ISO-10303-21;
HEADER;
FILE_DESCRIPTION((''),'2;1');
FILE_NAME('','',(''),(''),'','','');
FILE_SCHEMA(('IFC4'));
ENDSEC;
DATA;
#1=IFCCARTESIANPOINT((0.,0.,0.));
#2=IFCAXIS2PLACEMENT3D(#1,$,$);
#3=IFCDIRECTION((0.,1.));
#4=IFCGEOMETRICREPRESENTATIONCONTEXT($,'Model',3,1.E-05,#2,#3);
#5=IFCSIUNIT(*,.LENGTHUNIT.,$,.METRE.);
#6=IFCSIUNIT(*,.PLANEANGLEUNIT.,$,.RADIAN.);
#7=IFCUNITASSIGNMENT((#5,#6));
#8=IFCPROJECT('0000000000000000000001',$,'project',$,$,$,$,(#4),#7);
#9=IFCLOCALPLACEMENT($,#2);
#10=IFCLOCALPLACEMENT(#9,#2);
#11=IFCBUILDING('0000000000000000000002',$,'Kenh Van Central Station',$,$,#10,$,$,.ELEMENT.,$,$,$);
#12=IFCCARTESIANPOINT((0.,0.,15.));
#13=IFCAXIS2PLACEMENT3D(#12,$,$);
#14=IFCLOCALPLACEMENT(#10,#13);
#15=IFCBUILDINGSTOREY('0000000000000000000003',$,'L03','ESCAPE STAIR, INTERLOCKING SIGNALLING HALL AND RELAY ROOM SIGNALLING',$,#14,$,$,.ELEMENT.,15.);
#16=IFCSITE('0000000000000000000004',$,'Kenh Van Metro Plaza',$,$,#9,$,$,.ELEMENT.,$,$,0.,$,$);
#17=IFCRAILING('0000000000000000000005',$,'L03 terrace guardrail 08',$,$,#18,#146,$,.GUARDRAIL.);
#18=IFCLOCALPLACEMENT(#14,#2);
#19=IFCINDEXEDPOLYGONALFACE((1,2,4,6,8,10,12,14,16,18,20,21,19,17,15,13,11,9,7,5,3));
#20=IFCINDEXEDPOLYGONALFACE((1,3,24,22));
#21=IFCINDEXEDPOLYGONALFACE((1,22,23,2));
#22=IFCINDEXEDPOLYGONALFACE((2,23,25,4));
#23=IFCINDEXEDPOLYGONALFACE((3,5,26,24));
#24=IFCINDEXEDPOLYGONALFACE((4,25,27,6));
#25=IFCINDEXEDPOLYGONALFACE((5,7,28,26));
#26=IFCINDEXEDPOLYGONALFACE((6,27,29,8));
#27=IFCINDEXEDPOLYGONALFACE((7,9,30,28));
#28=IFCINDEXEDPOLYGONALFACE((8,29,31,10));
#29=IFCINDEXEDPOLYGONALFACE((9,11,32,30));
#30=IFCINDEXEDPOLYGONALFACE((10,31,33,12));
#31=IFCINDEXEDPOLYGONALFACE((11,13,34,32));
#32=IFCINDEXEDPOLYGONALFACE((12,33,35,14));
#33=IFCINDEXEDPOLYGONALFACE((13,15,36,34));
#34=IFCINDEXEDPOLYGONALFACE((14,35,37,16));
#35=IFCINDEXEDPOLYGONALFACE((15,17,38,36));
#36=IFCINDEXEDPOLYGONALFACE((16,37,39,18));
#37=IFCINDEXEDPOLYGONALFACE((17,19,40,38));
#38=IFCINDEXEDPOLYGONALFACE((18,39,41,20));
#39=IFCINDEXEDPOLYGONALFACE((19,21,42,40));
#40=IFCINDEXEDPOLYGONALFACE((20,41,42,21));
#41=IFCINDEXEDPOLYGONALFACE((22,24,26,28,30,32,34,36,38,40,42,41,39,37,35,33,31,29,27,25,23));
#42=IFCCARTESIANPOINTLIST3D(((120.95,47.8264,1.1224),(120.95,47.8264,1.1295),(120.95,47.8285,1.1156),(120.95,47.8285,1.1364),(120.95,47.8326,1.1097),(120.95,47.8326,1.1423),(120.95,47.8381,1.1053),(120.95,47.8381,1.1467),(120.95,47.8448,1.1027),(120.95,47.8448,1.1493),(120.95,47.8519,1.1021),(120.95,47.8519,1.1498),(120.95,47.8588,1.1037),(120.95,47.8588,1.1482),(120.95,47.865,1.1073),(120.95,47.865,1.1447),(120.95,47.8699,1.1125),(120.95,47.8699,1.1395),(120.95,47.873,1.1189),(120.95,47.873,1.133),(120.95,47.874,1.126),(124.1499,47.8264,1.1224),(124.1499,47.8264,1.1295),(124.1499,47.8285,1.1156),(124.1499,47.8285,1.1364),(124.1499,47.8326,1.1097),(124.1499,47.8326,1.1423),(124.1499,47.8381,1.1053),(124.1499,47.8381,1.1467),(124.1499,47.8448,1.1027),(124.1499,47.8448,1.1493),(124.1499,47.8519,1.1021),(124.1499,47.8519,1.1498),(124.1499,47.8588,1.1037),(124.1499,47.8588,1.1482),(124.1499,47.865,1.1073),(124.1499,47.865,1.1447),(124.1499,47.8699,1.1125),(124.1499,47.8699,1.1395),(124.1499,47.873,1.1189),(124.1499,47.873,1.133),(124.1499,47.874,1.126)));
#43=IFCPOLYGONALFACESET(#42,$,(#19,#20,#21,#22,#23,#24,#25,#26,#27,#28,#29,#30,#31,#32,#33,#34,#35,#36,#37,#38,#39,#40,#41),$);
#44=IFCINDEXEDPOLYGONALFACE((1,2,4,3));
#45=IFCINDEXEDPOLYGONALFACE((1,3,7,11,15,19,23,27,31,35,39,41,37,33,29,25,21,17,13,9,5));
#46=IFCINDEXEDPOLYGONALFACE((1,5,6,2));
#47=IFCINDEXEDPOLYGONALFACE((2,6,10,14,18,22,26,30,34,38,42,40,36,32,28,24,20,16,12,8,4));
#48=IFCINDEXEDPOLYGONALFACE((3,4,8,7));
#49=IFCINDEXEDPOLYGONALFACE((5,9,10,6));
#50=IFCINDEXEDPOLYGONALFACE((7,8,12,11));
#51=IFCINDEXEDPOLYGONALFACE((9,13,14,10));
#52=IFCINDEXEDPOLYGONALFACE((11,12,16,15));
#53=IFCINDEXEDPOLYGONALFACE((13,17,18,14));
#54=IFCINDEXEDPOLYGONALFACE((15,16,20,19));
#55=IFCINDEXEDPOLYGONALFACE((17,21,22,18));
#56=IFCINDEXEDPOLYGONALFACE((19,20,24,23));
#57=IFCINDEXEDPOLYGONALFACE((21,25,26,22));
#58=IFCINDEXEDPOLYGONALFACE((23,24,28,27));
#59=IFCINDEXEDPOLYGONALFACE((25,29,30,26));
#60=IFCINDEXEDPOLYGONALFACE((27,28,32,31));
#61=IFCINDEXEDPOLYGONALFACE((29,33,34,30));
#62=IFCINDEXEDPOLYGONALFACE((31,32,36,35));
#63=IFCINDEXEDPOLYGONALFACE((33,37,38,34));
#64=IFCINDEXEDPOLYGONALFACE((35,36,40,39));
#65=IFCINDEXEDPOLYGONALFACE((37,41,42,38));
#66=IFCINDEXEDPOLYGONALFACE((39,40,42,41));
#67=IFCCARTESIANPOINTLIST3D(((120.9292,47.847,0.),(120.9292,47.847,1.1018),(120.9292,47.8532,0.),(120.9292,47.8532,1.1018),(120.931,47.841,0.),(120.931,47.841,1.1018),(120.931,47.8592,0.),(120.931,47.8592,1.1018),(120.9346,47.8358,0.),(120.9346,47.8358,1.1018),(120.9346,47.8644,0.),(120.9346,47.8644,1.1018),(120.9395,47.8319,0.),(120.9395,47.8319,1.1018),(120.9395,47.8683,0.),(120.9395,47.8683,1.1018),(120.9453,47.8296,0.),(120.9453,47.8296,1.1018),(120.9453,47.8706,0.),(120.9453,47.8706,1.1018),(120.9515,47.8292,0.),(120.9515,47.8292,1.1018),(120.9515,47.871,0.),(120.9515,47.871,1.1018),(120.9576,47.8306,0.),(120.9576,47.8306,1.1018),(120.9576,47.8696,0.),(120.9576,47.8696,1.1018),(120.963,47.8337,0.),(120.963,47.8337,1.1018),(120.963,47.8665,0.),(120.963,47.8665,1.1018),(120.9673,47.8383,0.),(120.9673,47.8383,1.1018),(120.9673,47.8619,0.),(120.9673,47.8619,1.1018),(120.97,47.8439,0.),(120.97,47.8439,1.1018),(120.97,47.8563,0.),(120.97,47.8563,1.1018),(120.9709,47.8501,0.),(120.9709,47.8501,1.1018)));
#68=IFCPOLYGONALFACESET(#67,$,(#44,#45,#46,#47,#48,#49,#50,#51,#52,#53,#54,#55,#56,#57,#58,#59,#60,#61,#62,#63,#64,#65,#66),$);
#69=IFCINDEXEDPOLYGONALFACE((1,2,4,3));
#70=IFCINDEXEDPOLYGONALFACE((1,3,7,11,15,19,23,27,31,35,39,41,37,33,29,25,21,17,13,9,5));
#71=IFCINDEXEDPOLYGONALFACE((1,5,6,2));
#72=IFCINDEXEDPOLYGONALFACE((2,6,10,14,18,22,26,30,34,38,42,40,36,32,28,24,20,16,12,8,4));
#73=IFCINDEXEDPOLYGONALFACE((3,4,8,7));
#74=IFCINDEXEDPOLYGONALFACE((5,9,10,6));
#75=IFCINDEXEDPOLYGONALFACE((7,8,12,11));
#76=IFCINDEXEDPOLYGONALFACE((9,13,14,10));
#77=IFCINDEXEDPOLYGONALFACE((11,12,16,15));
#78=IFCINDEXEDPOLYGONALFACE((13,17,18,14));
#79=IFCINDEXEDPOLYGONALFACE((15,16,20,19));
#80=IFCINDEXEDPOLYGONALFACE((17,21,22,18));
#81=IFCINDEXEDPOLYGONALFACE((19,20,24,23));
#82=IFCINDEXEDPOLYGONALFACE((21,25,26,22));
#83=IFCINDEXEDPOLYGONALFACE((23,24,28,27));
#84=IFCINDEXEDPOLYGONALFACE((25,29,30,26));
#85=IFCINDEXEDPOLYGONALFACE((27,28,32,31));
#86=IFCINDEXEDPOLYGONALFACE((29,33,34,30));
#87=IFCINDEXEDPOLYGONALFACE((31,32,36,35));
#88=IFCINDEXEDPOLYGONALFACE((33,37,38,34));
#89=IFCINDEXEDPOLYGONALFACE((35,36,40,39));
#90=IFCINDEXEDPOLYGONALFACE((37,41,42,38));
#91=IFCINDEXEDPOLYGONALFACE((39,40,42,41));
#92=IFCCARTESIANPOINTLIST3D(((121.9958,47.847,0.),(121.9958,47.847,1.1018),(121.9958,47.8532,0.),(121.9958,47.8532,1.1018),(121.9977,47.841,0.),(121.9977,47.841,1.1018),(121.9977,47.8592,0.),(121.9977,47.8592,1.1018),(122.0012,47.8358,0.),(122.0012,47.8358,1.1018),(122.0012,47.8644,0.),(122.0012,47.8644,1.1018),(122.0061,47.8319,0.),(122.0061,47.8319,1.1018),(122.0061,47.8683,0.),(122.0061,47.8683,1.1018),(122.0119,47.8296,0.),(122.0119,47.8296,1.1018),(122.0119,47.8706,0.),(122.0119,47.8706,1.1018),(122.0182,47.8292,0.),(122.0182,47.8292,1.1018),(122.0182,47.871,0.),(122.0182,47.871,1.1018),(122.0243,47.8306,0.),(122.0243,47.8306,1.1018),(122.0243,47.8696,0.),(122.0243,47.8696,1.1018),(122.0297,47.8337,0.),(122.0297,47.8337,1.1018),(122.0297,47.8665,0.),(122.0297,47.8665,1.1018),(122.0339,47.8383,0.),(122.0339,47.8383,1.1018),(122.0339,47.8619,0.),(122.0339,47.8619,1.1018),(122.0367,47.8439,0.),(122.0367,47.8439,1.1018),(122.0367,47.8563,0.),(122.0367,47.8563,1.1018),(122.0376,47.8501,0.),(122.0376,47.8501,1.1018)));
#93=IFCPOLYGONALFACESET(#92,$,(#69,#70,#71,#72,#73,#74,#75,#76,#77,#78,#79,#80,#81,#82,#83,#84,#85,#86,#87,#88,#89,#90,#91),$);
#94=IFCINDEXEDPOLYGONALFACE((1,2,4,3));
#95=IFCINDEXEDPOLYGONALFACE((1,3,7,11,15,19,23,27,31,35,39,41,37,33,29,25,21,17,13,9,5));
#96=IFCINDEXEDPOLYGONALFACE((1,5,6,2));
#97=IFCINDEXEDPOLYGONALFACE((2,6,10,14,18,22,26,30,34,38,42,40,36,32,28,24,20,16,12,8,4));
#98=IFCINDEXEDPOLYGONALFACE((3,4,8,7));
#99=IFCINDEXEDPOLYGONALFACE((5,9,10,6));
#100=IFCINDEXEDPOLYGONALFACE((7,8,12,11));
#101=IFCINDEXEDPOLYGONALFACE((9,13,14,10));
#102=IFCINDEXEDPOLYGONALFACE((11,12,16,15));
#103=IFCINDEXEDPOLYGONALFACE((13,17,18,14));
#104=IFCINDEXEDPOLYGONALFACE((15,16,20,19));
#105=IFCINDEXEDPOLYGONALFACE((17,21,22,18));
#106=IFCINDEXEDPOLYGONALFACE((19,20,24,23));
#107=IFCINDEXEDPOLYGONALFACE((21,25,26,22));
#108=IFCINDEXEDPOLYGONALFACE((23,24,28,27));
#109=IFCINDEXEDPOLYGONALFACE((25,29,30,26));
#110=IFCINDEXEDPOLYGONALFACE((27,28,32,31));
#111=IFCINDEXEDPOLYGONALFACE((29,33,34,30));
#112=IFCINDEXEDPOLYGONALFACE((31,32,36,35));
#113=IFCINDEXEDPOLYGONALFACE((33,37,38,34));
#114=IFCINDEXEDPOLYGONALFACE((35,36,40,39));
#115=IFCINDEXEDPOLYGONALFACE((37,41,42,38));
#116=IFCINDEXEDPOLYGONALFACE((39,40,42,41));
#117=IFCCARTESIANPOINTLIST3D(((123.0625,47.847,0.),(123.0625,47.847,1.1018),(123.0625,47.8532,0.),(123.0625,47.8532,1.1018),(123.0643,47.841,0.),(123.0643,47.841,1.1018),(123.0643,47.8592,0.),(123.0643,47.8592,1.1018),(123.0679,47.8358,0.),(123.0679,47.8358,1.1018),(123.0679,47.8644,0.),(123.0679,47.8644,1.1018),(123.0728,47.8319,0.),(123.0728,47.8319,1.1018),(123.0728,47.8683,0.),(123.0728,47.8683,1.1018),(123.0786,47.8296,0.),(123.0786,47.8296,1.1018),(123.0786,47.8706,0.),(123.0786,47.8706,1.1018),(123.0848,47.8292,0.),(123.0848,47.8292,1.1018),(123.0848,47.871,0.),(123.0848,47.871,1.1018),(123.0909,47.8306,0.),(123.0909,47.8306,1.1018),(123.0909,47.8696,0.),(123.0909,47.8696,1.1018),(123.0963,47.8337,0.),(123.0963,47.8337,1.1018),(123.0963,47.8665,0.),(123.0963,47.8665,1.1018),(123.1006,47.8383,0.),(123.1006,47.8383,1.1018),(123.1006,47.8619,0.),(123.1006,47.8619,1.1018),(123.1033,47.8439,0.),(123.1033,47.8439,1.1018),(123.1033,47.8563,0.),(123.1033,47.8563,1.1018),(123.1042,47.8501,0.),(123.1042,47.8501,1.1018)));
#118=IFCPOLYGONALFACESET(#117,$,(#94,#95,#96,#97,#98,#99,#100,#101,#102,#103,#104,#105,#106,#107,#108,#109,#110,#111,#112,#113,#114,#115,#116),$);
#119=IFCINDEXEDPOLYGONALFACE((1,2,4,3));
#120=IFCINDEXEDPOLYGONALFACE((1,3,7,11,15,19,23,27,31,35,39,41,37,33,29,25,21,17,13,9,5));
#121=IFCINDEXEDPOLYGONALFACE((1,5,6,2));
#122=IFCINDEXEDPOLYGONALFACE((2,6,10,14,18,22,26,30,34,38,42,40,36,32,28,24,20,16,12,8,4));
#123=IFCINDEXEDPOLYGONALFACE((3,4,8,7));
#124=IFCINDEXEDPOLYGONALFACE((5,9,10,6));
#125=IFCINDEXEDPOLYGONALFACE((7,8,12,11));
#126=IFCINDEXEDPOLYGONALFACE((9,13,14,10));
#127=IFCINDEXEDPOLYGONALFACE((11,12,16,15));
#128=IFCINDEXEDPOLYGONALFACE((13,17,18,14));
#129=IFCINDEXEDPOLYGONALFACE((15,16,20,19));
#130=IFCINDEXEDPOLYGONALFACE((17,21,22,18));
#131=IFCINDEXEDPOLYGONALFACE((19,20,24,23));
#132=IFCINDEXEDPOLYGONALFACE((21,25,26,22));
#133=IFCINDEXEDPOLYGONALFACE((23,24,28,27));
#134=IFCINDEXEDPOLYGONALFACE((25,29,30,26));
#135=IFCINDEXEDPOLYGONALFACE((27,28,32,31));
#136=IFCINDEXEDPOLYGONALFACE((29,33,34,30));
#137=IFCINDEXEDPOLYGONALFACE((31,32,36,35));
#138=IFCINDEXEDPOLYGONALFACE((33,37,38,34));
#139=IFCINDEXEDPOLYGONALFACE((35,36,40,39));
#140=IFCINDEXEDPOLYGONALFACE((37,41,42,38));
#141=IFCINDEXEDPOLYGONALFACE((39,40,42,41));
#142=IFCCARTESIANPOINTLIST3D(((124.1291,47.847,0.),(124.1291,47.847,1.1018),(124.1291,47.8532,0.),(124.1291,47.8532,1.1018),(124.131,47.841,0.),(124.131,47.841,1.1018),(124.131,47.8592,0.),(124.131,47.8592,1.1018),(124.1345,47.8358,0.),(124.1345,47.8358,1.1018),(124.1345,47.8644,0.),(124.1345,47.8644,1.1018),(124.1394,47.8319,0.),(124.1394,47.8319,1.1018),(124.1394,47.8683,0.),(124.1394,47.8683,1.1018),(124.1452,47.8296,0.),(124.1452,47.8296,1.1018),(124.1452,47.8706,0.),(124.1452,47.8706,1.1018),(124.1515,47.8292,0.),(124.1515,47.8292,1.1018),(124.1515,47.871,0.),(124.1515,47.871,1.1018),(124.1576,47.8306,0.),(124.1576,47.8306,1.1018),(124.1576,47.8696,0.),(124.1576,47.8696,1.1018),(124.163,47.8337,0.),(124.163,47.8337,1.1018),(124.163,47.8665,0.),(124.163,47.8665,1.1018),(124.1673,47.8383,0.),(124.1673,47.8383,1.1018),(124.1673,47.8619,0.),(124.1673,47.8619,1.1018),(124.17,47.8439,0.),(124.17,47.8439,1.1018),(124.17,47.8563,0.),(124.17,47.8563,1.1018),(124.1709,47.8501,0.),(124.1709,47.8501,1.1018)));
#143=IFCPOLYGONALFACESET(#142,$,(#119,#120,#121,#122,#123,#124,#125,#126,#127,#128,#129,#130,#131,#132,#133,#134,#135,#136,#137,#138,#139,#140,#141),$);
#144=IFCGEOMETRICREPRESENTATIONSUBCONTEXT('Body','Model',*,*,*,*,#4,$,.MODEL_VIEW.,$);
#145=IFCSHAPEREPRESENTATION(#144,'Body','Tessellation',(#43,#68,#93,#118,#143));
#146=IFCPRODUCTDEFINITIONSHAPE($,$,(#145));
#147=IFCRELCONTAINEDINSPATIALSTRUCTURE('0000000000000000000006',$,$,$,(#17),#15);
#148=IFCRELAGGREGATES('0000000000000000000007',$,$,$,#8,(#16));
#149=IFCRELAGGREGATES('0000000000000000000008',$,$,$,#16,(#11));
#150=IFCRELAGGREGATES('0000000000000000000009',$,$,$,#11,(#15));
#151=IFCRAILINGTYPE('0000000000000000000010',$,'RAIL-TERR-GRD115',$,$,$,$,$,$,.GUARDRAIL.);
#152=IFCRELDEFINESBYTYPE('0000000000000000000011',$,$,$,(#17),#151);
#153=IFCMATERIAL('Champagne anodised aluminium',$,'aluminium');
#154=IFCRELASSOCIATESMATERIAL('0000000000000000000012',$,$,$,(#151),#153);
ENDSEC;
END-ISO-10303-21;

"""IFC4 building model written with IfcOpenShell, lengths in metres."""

from ifc_helpers import new_model, si_unit, direction, frame, origin, origin_2d, place, context, subcontext, project, spatial, circle, extrude, material, type_object, element, save


model = new_model("IFC4")

# Units and contexts
model_context = context("Model", 3, precision=1e-05, world=origin(), true_north=direction((0.0, 1.0)))
body_context = subcontext(model_context, "Body", "Model", "MODEL_VIEW")
ifc_project = project(units=[si_unit("LENGTHUNIT", "METRE"), si_unit("PLANEANGLEUNIT", "RADIAN")], contexts=[model_context])

# Site, building, storey
site_placement = place(None, origin())
site = spatial("IfcSite", under=ifc_project, at=site_placement, Name="Kenh Van Metro Plaza", CompositionType="ELEMENT", RefElevation=0.0)
building_placement = place(site_placement, origin())
building = spatial("IfcBuilding", under=site, at=building_placement, Name="Kenh Van Central Station", CompositionType="ELEMENT")
storey_placement = place(building_placement, frame((0.0, 0.0, 15.0)))
storey = spatial("IfcBuildingStorey", under=building, at=storey_placement, Name="L03", Description="ESCAPE STAIR, INTERLOCKING SIGNALLING HALL AND RELAY ROOM SIGNALLING", CompositionType="ELEMENT", Elevation=15.0)

# Shared definitions
ifc_material_1 = material(Name="Champagne anodised aluminium", Category="aluminium")

# Railing
railing_type = type_object("IfcRailingType", Name="RAIL-TERR-GRD115", PredefinedType="GUARDRAIL", material=ifc_material_1)
railing_1_placement = place(storey_placement, frame((120.95, 47.8501, 0.0)))
element("IfcRailing", 1, at=railing_1_placement, inside=storey, type_object=railing_type, Name="L03 terrace guardrail 08", PredefinedType="GUARDRAIL", context=body_context, shape_type="SweptSolid", body=[
    extrude(circle(Radius=0.0239, at=origin_2d()), frame((0.0, 0.0, 1.126), z_axis=(1.0, 0.0, 0.0), x_axis=(0.0, 1.0, 0.0)), (0.0, 0.0, 1.0), 3.2),
    extrude(circle(Radius=0.021, at=origin_2d()), origin(), (0.0, 0.0, 1.0), 1.1018),
    extrude(circle(Radius=0.021, at=origin_2d()), frame((1.0667, 0.0, 0.0)), (0.0, 0.0, 1.0), 1.1018),
    extrude(circle(Radius=0.021, at=origin_2d()), frame((2.1333, 0.0, 0.0)), (0.0, 0.0, 1.0), 1.1018),
    extrude(circle(Radius=0.021, at=origin_2d()), frame((3.2, 0.0, 0.0)), (0.0, 0.0, 1.0), 1.1018),
])

save(model, "model.ifc")
